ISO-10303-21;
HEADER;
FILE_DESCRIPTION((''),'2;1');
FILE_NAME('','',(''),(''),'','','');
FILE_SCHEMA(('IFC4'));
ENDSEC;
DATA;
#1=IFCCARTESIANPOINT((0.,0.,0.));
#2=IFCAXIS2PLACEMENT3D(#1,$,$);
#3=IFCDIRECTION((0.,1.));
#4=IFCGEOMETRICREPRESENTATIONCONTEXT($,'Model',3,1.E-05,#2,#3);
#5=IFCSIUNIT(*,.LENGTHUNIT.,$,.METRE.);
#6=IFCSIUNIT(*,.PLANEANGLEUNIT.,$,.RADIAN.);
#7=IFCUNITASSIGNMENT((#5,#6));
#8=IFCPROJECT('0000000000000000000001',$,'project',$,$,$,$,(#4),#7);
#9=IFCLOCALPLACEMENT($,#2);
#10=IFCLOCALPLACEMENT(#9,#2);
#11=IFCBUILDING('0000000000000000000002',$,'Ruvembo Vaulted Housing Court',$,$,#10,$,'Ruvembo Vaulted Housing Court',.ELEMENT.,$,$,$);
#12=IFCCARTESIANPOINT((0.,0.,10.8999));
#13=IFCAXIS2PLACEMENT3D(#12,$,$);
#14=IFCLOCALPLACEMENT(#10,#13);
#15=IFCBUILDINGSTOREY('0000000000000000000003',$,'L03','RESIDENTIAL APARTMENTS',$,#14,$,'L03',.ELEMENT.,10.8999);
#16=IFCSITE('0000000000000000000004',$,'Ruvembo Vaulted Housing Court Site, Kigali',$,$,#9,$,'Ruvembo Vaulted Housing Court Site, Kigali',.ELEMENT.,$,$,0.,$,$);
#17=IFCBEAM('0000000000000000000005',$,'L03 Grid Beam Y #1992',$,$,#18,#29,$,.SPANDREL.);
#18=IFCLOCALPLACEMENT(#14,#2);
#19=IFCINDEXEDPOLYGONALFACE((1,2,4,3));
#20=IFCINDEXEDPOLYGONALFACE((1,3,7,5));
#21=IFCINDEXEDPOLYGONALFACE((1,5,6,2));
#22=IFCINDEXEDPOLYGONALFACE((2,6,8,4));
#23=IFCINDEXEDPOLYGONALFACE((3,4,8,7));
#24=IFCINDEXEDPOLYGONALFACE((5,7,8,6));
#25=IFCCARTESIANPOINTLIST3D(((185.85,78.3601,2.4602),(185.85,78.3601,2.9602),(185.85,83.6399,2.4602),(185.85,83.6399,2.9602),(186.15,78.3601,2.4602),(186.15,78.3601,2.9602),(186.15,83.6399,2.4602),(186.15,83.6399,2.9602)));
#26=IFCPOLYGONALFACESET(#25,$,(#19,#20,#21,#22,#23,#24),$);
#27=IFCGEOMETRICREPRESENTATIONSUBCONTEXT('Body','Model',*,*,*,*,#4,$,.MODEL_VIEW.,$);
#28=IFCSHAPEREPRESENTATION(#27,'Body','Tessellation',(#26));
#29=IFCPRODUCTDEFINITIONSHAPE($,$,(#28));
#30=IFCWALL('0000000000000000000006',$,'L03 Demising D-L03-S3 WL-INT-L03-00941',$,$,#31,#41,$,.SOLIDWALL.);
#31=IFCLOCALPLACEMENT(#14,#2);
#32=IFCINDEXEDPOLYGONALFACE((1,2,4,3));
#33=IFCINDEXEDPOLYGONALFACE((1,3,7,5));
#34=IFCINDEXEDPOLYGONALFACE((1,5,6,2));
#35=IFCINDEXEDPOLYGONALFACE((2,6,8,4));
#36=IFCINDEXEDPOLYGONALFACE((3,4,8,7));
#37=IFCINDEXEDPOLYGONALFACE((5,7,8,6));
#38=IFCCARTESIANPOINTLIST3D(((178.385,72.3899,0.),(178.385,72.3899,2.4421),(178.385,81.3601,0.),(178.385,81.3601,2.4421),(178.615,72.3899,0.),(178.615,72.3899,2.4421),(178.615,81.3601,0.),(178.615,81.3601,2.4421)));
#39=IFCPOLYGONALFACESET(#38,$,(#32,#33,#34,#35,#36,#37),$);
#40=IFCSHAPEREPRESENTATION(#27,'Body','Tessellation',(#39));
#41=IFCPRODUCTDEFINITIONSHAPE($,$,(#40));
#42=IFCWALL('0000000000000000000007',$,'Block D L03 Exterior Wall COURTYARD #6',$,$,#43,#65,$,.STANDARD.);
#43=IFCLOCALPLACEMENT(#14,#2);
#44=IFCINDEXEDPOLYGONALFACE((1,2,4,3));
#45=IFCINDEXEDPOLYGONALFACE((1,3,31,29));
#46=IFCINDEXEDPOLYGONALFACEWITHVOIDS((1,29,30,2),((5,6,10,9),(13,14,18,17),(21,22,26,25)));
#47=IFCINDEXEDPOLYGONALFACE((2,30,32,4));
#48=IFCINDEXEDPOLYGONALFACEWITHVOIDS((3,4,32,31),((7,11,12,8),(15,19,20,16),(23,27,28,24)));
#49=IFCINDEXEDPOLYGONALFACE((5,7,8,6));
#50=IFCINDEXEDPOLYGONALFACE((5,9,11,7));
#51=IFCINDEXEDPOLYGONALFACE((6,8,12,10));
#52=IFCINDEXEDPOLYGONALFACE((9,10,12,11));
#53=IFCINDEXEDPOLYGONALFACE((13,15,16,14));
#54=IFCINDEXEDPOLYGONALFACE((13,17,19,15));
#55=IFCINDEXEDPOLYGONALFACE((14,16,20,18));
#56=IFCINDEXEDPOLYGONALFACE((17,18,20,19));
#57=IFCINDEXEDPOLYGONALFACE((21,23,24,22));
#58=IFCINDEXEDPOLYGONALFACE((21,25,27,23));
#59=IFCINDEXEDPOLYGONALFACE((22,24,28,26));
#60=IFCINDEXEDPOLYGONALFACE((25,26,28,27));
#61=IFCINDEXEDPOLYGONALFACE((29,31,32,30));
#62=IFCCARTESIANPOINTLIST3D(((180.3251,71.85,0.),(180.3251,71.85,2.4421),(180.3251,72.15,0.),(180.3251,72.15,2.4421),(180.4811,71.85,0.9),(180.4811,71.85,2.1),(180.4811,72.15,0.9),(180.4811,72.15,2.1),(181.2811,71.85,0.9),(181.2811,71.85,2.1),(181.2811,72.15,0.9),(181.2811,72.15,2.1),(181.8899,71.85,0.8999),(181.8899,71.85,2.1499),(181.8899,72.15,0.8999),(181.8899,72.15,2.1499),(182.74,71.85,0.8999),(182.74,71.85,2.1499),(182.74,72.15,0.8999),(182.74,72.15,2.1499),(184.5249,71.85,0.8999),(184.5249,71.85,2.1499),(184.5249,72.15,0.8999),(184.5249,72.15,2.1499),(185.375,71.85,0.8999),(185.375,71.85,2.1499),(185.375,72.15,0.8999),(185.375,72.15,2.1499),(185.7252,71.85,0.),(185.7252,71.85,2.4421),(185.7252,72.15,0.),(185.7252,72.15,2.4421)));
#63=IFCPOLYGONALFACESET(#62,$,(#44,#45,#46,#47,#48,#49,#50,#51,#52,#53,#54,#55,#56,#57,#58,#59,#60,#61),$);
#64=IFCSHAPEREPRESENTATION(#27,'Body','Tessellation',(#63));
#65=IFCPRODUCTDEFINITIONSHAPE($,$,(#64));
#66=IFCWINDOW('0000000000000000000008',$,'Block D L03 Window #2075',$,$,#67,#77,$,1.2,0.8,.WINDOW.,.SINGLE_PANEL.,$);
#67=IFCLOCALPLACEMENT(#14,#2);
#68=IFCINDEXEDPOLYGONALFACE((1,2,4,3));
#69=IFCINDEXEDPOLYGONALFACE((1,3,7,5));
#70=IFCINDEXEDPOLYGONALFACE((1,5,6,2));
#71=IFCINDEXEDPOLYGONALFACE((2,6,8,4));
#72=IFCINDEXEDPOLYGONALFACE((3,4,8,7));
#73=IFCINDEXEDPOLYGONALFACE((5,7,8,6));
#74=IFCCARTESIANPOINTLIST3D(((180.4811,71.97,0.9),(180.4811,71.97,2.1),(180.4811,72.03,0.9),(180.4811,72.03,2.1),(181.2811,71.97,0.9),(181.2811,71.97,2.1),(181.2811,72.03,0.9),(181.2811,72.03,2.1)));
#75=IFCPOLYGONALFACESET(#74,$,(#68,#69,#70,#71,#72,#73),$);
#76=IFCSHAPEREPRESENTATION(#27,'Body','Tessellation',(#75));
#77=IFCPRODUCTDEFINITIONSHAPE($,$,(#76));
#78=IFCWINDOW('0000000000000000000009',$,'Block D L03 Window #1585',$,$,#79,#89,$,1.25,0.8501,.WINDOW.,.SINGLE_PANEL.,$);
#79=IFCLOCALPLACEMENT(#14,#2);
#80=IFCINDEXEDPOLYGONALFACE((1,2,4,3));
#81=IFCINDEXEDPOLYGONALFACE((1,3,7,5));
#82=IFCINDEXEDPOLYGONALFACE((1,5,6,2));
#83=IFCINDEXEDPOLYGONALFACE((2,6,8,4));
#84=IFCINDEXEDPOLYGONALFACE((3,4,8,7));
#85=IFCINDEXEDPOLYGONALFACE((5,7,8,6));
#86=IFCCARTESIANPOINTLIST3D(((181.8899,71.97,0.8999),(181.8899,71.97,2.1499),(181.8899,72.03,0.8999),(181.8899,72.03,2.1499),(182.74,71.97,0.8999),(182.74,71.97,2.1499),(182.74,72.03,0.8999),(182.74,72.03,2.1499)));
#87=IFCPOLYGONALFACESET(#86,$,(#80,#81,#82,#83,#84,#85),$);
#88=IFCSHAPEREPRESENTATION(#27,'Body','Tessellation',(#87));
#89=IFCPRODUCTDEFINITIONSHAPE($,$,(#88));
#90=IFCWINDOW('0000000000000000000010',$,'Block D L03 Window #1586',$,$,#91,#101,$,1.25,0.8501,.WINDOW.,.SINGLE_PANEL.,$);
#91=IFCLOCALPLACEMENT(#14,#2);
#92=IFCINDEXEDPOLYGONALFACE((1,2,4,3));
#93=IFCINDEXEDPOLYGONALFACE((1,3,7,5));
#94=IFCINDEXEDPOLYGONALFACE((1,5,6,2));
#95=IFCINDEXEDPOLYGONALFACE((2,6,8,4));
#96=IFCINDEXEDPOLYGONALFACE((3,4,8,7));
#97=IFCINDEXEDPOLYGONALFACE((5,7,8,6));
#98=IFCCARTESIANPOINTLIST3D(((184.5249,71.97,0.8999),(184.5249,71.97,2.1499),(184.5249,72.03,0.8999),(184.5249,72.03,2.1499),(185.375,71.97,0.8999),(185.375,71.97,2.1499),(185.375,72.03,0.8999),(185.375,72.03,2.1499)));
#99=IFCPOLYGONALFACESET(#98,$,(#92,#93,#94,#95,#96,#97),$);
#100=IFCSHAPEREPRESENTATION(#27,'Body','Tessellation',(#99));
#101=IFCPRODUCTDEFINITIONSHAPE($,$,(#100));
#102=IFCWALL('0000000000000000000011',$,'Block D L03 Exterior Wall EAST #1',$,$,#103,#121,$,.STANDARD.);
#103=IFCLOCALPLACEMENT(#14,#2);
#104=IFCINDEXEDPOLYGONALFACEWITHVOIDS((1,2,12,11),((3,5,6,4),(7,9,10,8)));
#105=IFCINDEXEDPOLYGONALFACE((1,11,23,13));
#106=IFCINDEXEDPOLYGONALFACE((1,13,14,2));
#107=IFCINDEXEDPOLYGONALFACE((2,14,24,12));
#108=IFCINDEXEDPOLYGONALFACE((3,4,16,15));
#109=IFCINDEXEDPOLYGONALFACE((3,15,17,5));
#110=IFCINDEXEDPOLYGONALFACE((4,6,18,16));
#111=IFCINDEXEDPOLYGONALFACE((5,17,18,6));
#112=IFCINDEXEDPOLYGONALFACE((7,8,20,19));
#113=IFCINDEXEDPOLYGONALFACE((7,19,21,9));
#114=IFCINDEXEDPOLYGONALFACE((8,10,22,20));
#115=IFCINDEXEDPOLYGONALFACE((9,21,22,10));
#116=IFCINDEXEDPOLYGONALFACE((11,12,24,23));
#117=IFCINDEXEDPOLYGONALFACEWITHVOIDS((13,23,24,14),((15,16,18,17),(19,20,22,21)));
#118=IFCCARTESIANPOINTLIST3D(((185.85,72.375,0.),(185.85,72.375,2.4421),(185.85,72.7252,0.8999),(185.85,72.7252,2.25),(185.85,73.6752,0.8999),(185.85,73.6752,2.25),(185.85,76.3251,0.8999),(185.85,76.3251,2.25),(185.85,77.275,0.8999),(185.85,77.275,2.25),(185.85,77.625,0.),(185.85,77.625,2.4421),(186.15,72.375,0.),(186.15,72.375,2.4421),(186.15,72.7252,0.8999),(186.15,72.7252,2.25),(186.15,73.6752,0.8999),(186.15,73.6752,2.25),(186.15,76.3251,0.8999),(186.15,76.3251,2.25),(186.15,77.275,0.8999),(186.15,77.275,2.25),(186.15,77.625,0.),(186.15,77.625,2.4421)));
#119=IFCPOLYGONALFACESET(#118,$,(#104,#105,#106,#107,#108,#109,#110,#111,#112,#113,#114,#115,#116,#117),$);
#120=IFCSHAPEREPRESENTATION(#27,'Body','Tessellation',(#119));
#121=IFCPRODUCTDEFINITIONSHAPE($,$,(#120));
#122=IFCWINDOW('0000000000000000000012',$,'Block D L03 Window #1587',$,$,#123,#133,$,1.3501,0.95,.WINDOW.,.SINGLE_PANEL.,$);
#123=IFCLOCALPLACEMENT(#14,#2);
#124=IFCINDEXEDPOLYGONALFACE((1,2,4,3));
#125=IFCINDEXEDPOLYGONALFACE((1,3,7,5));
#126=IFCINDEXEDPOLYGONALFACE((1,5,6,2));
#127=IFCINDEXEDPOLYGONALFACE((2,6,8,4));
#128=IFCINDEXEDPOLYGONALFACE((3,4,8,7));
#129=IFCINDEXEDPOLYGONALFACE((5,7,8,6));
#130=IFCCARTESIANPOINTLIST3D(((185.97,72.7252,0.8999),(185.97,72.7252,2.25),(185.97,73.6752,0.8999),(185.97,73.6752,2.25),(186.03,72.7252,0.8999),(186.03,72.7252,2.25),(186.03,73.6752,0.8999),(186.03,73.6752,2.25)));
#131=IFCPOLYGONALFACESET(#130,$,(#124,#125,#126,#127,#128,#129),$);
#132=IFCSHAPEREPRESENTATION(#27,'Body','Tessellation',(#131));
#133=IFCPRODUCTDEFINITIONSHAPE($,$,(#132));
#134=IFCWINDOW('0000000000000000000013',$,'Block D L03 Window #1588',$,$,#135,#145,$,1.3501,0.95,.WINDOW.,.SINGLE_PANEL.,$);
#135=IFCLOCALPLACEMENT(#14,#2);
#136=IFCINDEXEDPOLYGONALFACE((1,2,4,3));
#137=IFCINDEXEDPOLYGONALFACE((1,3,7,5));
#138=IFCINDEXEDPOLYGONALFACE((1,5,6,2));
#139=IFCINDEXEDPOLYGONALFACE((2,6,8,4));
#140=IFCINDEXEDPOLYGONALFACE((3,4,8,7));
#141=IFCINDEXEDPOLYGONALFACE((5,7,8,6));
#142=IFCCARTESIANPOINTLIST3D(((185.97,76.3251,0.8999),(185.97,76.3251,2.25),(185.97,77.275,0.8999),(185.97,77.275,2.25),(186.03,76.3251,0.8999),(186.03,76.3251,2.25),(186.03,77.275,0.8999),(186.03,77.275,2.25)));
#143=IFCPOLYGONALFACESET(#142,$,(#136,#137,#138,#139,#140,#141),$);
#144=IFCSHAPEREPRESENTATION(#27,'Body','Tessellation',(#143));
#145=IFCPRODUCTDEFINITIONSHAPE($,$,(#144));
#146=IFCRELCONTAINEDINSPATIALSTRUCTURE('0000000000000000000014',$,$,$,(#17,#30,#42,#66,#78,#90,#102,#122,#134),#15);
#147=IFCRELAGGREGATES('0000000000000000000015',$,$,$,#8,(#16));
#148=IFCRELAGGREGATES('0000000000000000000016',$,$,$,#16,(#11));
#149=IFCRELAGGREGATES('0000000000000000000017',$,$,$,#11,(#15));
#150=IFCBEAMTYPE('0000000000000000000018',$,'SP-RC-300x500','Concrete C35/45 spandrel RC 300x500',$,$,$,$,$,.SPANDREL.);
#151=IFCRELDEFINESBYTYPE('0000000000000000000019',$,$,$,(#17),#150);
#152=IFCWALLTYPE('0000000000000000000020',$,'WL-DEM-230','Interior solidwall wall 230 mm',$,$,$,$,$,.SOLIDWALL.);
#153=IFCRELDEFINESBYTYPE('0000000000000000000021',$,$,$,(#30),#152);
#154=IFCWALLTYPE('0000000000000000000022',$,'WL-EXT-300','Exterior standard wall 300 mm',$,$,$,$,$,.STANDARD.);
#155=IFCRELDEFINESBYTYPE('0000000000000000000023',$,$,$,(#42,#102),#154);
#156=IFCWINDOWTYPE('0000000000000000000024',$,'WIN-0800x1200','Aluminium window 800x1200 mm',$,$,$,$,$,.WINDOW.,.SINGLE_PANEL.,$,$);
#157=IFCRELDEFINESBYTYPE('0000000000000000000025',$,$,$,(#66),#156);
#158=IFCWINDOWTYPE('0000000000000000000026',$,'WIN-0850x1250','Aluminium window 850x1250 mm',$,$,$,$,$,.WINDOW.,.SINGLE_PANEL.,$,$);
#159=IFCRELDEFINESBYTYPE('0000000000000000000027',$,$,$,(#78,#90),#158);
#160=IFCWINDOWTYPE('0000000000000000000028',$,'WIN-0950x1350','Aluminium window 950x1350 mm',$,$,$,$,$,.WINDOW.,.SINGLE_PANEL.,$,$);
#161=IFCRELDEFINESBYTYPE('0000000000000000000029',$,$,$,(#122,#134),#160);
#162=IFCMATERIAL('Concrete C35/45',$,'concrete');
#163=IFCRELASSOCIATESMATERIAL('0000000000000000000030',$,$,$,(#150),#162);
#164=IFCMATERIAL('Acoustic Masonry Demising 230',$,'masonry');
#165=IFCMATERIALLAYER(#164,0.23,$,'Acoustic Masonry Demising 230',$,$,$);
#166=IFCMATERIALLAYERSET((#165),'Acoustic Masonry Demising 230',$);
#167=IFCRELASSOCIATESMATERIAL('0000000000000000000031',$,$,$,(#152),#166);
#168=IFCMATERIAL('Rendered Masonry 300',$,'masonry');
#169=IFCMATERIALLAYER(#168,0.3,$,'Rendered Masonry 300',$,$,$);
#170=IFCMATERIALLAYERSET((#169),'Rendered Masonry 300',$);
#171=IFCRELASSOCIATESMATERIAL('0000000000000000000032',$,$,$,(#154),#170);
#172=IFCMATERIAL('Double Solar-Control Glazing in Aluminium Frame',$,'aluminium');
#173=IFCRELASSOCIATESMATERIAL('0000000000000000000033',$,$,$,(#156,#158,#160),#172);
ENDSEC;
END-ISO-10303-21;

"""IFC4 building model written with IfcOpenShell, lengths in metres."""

from ifc_helpers import new_model, si_unit, direction, frame, frame_2d, origin, origin_2d, place, context, subcontext, project, spatial, rectangle, extrude, material, layer, layer_set, material_profile, profile_set, type_object, element, fill, save


model = new_model("IFC4")

# Units and contexts
model_context = context("Model", 3, precision=1e-05, world=origin(), true_north=direction((0.0, 1.0)))
body_context = subcontext(model_context, "Body", "Model", "MODEL_VIEW")
ifc_project = project(units=[si_unit("LENGTHUNIT", "METRE"), si_unit("PLANEANGLEUNIT", "RADIAN")], contexts=[model_context])

# Site, building, storey
site_placement = place(None, origin())
site = spatial("IfcSite", under=ifc_project, at=site_placement, Name="Ruvembo Vaulted Housing Court Site, Kigali", LongName="Ruvembo Vaulted Housing Court Site, Kigali", CompositionType="ELEMENT", RefElevation=0.0)
building_placement = place(site_placement, origin())
building = spatial("IfcBuilding", under=site, at=building_placement, Name="Ruvembo Vaulted Housing Court", LongName="Ruvembo Vaulted Housing Court", CompositionType="ELEMENT")
storey_placement = place(building_placement, frame((0.0, 0.0, 10.8999)))
storey = spatial("IfcBuildingStorey", under=building, at=storey_placement, Name="L03", Description="RESIDENTIAL APARTMENTS", LongName="L03", CompositionType="ELEMENT", Elevation=10.8999)

# Beam
ifc_material_1 = material(Name="Concrete C35/45", Category="concrete")
ifc_material_profile_1 = material_profile(ifc_material_1, rectangle(XDim=0.3, YDim=0.5, at=origin_2d()), Name="RC 300x500")
ifc_profile_set_1 = profile_set([ifc_material_profile_1], Name="Concrete C35/45")
beam_type_1 = type_object("IfcBeamType", Name="SP-RC-300x500", Description="Concrete C35/45 spandrel RC 300x500", PredefinedType="SPANDREL", material=ifc_profile_set_1)
for number, where, z_axis, x_axis, name in (
    (1, (186.0, 78.3601, 2.7102), (0.0, 1.0, 0.0), (-1.0, 0.0, 0.0), "L03 Grid Beam Y #1992"),
):
    element("IfcBeam", number, at=place(storey_placement, frame(where, z_axis=z_axis, x_axis=x_axis)), inside=storey, type_object=beam_type_1, Name=name, PredefinedType="SPANDREL", context=body_context, shape_type="SweptSolid", body=[
        extrude(rectangle(XDim=0.3, YDim=0.5, at=origin_2d()), origin(), (0.0, 0.0, 1.0), 5.2798),
    ])

# Wall
ifc_material_2 = material(Name="Acoustic Masonry Demising 230", Category="masonry")
ifc_layer_1 = layer(ifc_material_2, 0.23, Name="Acoustic Masonry Demising 230")
ifc_layer_set_1 = layer_set([ifc_layer_1], Name="Acoustic Masonry Demising 230")
wall_type_1 = type_object("IfcWallType", Name="WL-DEM-230", Description="Interior solidwall wall 230 mm", PredefinedType="SOLIDWALL", material=ifc_layer_set_1)
wall_1_placement = place(storey_placement, frame((178.5, 72.3899, 0.0), z_axis=(0.0, 0.0, 1.0), x_axis=(0.0, 1.0, 0.0)))
element("IfcWall", 2, at=wall_1_placement, inside=storey, type_object=wall_type_1, Name="L03 Demising D-L03-S3 WL-INT-L03-00941", PredefinedType="SOLIDWALL", context=body_context, shape_type="SweptSolid", body=[
    extrude(rectangle(XDim=8.9702, YDim=0.23, at=frame_2d((4.4851, 0.0))), origin(), (0.0, 0.0, 1.0), 2.4421),
])

# Walls, openings, windows
ifc_material_3 = material(Name="Rendered Masonry 300", Category="masonry")
ifc_layer_2 = layer(ifc_material_3, 0.3, Name="Rendered Masonry 300")
ifc_layer_set_2 = layer_set([ifc_layer_2], Name="Rendered Masonry 300")
wall_type_2 = type_object("IfcWallType", Name="WL-EXT-300", Description="Exterior standard wall 300 mm", PredefinedType="STANDARD", material=ifc_layer_set_2)
wall_2_placement = place(storey_placement, frame((180.325, 72.0, 0.0), z_axis=(0.0, 0.0, 1.0), x_axis=(1.0, 0.0, 0.0)))
wall_2 = element("IfcWall", 3, at=wall_2_placement, inside=storey, type_object=wall_type_2, Name="Block D L03 Exterior Wall COURTYARD #6", PredefinedType="STANDARD", context=body_context, shape_type="SweptSolid", body=[
    extrude(rectangle(XDim=5.4001, YDim=0.3, at=frame_2d((2.7002, 0.0))), origin(), (0.0, 0.0, 1.0), 2.4421),
])
opening_1_placement = place(wall_2_placement, frame((1.5649, 0.0, 0.8999)))
opening_1 = element("IfcOpeningElement", 4, at=opening_1_placement, cuts=wall_2, PredefinedType="OPENING", context=body_context, shape_type="SweptSolid", body=[
    extrude(rectangle(XDim=0.8501, YDim=1.25, at=frame_2d((0.425, 0.625))), frame((0.0, 0.1599, 0.0), z_axis=(0.0, -1.0, 0.0), x_axis=(1.0, 0.0, 0.0)), (0.0, 0.0, 1.0), 0.3201),
])
opening_2_placement = place(wall_2_placement, frame((4.2, 0.0, 0.8999)))
opening_2 = element("IfcOpeningElement", 5, at=opening_2_placement, cuts=wall_2, PredefinedType="OPENING", context=body_context, shape_type="SweptSolid", body=[
    extrude(rectangle(XDim=0.8501, YDim=1.25, at=frame_2d((0.425, 0.625))), frame((0.0, 0.1599, 0.0), z_axis=(0.0, -1.0, 0.0), x_axis=(1.0, 0.0, 0.0)), (0.0, 0.0, 1.0), 0.3201),
])
opening_3_placement = place(wall_2_placement, frame((0.1562, 0.0, 0.8999)))
opening_3 = element("IfcOpeningElement", 6, at=opening_3_placement, cuts=wall_2, PredefinedType="OPENING", context=body_context, shape_type="SweptSolid", body=[
    extrude(rectangle(XDim=0.8, YDim=1.2, at=frame_2d((0.3999, 0.6001))), frame((0.0, 0.1599, 0.0), z_axis=(0.0, -1.0, 0.0), x_axis=(1.0, 0.0, 0.0)), (0.0, 0.0, 1.0), 0.3201),
])
ifc_material_4 = material(Name="Double Solar-Control Glazing in Aluminium Frame", Category="aluminium")
window_type_1 = type_object("IfcWindowType", Name="WIN-0800x1200", Description="Aluminium window 800x1200 mm", PartitioningType="SINGLE_PANEL", PredefinedType="WINDOW", material=ifc_material_4)
window_1_placement = place(opening_3_placement, origin())
window_1 = element("IfcWindow", 7, at=window_1_placement, inside=storey, type_object=window_type_1, Name="Block D L03 Window #2075", OverallHeight=1.2, OverallWidth=0.8, PartitioningType="SINGLE_PANEL", PredefinedType="WINDOW", context=body_context, shape_type="SweptSolid", body=[
    extrude(rectangle(XDim=0.8, YDim=1.2, at=frame_2d((0.3999, 0.6001))), frame((0.0, 0.03, 0.0), z_axis=(0.0, -1.0, 0.0), x_axis=(1.0, 0.0, 0.0)), (0.0, 0.0, 1.0), 0.0601),
])
fill(opening_3, window_1)
window_type_2 = type_object("IfcWindowType", Name="WIN-0850x1250", Description="Aluminium window 850x1250 mm", PartitioningType="SINGLE_PANEL", PredefinedType="WINDOW", material=ifc_material_4)
window_2_placement = place(opening_1_placement, origin())
window_2 = element("IfcWindow", 8, at=window_2_placement, inside=storey, type_object=window_type_2, Name="Block D L03 Window #1585", OverallHeight=1.25, OverallWidth=0.8501, PartitioningType="SINGLE_PANEL", PredefinedType="WINDOW", context=body_context, shape_type="SweptSolid", body=[
    extrude(rectangle(XDim=0.8501, YDim=1.25, at=frame_2d((0.425, 0.625))), frame((0.0, 0.03, 0.0), z_axis=(0.0, -1.0, 0.0), x_axis=(1.0, 0.0, 0.0)), (0.0, 0.0, 1.0), 0.0601),
])
fill(opening_1, window_2)
window_3_placement = place(opening_2_placement, origin())
window_3 = element("IfcWindow", 9, at=window_3_placement, inside=storey, type_object=window_type_2, Name="Block D L03 Window #1586", OverallHeight=1.25, OverallWidth=0.8501, PartitioningType="SINGLE_PANEL", PredefinedType="WINDOW", context=body_context, shape_type="SweptSolid", body=[
    extrude(rectangle(XDim=0.8501, YDim=1.25, at=frame_2d((0.425, 0.625))), frame((0.0, 0.03, 0.0), z_axis=(0.0, -1.0, 0.0), x_axis=(1.0, 0.0, 0.0)), (0.0, 0.0, 1.0), 0.0601),
])
fill(opening_2, window_3)
wall_3_placement = place(storey_placement, frame((186.0, 72.375, 0.0), z_axis=(0.0, 0.0, 1.0), x_axis=(0.0, 1.0, 0.0)))
wall_3 = element("IfcWall", 10, at=wall_3_placement, inside=storey, type_object=wall_type_2, Name="Block D L03 Exterior Wall EAST #1", PredefinedType="STANDARD", context=body_context, shape_type="SweptSolid", body=[
    extrude(rectangle(XDim=5.25, YDim=0.3, at=frame_2d((2.625, 0.0))), origin(), (0.0, 0.0, 1.0), 2.4421),
])
opening_4_placement = place(wall_3_placement, frame((0.3501, 0.0, 0.8999)))
opening_4 = element("IfcOpeningElement", 11, at=opening_4_placement, cuts=wall_3, PredefinedType="OPENING", context=body_context, shape_type="SweptSolid", body=[
    extrude(rectangle(XDim=0.95, YDim=1.3501, at=frame_2d((0.4751, 0.675))), frame((0.0, 0.1599, 0.0), z_axis=(0.0, -1.0, 0.0), x_axis=(1.0, 0.0, 0.0)), (0.0, 0.0, 1.0), 0.3201),
])
opening_5_placement = place(wall_3_placement, frame((3.95, 0.0, 0.8999)))
opening_5 = element("IfcOpeningElement", 12, at=opening_5_placement, cuts=wall_3, PredefinedType="OPENING", context=body_context, shape_type="SweptSolid", body=[
    extrude(rectangle(XDim=0.95, YDim=1.3501, at=frame_2d((0.4751, 0.675))), frame((0.0, 0.1599, 0.0), z_axis=(0.0, -1.0, 0.0), x_axis=(1.0, 0.0, 0.0)), (0.0, 0.0, 1.0), 0.3201),
])
window_type_3 = type_object("IfcWindowType", Name="WIN-0950x1350", Description="Aluminium window 950x1350 mm", PartitioningType="SINGLE_PANEL", PredefinedType="WINDOW", material=ifc_material_4)
window_4_placement = place(opening_4_placement, origin())
window_4 = element("IfcWindow", 13, at=window_4_placement, inside=storey, type_object=window_type_3, Name="Block D L03 Window #1587", OverallHeight=1.3501, OverallWidth=0.95, PartitioningType="SINGLE_PANEL", PredefinedType="WINDOW", context=body_context, shape_type="SweptSolid", body=[
    extrude(rectangle(XDim=0.95, YDim=1.3501, at=frame_2d((0.4751, 0.675))), frame((0.0, 0.03, 0.0), z_axis=(0.0, -1.0, 0.0), x_axis=(1.0, 0.0, 0.0)), (0.0, 0.0, 1.0), 0.0601),
])
fill(opening_4, window_4)
window_5_placement = place(opening_5_placement, origin())
window_5 = element("IfcWindow", 14, at=window_5_placement, inside=storey, type_object=window_type_3, Name="Block D L03 Window #1588", OverallHeight=1.3501, OverallWidth=0.95, PartitioningType="SINGLE_PANEL", PredefinedType="WINDOW", context=body_context, shape_type="SweptSolid", body=[
    extrude(rectangle(XDim=0.95, YDim=1.3501, at=frame_2d((0.4751, 0.675))), frame((0.0, 0.03, 0.0), z_axis=(0.0, -1.0, 0.0), x_axis=(1.0, 0.0, 0.0)), (0.0, 0.0, 1.0), 0.0601),
])
fill(opening_5, window_5)

save(model, "model.ifc")
